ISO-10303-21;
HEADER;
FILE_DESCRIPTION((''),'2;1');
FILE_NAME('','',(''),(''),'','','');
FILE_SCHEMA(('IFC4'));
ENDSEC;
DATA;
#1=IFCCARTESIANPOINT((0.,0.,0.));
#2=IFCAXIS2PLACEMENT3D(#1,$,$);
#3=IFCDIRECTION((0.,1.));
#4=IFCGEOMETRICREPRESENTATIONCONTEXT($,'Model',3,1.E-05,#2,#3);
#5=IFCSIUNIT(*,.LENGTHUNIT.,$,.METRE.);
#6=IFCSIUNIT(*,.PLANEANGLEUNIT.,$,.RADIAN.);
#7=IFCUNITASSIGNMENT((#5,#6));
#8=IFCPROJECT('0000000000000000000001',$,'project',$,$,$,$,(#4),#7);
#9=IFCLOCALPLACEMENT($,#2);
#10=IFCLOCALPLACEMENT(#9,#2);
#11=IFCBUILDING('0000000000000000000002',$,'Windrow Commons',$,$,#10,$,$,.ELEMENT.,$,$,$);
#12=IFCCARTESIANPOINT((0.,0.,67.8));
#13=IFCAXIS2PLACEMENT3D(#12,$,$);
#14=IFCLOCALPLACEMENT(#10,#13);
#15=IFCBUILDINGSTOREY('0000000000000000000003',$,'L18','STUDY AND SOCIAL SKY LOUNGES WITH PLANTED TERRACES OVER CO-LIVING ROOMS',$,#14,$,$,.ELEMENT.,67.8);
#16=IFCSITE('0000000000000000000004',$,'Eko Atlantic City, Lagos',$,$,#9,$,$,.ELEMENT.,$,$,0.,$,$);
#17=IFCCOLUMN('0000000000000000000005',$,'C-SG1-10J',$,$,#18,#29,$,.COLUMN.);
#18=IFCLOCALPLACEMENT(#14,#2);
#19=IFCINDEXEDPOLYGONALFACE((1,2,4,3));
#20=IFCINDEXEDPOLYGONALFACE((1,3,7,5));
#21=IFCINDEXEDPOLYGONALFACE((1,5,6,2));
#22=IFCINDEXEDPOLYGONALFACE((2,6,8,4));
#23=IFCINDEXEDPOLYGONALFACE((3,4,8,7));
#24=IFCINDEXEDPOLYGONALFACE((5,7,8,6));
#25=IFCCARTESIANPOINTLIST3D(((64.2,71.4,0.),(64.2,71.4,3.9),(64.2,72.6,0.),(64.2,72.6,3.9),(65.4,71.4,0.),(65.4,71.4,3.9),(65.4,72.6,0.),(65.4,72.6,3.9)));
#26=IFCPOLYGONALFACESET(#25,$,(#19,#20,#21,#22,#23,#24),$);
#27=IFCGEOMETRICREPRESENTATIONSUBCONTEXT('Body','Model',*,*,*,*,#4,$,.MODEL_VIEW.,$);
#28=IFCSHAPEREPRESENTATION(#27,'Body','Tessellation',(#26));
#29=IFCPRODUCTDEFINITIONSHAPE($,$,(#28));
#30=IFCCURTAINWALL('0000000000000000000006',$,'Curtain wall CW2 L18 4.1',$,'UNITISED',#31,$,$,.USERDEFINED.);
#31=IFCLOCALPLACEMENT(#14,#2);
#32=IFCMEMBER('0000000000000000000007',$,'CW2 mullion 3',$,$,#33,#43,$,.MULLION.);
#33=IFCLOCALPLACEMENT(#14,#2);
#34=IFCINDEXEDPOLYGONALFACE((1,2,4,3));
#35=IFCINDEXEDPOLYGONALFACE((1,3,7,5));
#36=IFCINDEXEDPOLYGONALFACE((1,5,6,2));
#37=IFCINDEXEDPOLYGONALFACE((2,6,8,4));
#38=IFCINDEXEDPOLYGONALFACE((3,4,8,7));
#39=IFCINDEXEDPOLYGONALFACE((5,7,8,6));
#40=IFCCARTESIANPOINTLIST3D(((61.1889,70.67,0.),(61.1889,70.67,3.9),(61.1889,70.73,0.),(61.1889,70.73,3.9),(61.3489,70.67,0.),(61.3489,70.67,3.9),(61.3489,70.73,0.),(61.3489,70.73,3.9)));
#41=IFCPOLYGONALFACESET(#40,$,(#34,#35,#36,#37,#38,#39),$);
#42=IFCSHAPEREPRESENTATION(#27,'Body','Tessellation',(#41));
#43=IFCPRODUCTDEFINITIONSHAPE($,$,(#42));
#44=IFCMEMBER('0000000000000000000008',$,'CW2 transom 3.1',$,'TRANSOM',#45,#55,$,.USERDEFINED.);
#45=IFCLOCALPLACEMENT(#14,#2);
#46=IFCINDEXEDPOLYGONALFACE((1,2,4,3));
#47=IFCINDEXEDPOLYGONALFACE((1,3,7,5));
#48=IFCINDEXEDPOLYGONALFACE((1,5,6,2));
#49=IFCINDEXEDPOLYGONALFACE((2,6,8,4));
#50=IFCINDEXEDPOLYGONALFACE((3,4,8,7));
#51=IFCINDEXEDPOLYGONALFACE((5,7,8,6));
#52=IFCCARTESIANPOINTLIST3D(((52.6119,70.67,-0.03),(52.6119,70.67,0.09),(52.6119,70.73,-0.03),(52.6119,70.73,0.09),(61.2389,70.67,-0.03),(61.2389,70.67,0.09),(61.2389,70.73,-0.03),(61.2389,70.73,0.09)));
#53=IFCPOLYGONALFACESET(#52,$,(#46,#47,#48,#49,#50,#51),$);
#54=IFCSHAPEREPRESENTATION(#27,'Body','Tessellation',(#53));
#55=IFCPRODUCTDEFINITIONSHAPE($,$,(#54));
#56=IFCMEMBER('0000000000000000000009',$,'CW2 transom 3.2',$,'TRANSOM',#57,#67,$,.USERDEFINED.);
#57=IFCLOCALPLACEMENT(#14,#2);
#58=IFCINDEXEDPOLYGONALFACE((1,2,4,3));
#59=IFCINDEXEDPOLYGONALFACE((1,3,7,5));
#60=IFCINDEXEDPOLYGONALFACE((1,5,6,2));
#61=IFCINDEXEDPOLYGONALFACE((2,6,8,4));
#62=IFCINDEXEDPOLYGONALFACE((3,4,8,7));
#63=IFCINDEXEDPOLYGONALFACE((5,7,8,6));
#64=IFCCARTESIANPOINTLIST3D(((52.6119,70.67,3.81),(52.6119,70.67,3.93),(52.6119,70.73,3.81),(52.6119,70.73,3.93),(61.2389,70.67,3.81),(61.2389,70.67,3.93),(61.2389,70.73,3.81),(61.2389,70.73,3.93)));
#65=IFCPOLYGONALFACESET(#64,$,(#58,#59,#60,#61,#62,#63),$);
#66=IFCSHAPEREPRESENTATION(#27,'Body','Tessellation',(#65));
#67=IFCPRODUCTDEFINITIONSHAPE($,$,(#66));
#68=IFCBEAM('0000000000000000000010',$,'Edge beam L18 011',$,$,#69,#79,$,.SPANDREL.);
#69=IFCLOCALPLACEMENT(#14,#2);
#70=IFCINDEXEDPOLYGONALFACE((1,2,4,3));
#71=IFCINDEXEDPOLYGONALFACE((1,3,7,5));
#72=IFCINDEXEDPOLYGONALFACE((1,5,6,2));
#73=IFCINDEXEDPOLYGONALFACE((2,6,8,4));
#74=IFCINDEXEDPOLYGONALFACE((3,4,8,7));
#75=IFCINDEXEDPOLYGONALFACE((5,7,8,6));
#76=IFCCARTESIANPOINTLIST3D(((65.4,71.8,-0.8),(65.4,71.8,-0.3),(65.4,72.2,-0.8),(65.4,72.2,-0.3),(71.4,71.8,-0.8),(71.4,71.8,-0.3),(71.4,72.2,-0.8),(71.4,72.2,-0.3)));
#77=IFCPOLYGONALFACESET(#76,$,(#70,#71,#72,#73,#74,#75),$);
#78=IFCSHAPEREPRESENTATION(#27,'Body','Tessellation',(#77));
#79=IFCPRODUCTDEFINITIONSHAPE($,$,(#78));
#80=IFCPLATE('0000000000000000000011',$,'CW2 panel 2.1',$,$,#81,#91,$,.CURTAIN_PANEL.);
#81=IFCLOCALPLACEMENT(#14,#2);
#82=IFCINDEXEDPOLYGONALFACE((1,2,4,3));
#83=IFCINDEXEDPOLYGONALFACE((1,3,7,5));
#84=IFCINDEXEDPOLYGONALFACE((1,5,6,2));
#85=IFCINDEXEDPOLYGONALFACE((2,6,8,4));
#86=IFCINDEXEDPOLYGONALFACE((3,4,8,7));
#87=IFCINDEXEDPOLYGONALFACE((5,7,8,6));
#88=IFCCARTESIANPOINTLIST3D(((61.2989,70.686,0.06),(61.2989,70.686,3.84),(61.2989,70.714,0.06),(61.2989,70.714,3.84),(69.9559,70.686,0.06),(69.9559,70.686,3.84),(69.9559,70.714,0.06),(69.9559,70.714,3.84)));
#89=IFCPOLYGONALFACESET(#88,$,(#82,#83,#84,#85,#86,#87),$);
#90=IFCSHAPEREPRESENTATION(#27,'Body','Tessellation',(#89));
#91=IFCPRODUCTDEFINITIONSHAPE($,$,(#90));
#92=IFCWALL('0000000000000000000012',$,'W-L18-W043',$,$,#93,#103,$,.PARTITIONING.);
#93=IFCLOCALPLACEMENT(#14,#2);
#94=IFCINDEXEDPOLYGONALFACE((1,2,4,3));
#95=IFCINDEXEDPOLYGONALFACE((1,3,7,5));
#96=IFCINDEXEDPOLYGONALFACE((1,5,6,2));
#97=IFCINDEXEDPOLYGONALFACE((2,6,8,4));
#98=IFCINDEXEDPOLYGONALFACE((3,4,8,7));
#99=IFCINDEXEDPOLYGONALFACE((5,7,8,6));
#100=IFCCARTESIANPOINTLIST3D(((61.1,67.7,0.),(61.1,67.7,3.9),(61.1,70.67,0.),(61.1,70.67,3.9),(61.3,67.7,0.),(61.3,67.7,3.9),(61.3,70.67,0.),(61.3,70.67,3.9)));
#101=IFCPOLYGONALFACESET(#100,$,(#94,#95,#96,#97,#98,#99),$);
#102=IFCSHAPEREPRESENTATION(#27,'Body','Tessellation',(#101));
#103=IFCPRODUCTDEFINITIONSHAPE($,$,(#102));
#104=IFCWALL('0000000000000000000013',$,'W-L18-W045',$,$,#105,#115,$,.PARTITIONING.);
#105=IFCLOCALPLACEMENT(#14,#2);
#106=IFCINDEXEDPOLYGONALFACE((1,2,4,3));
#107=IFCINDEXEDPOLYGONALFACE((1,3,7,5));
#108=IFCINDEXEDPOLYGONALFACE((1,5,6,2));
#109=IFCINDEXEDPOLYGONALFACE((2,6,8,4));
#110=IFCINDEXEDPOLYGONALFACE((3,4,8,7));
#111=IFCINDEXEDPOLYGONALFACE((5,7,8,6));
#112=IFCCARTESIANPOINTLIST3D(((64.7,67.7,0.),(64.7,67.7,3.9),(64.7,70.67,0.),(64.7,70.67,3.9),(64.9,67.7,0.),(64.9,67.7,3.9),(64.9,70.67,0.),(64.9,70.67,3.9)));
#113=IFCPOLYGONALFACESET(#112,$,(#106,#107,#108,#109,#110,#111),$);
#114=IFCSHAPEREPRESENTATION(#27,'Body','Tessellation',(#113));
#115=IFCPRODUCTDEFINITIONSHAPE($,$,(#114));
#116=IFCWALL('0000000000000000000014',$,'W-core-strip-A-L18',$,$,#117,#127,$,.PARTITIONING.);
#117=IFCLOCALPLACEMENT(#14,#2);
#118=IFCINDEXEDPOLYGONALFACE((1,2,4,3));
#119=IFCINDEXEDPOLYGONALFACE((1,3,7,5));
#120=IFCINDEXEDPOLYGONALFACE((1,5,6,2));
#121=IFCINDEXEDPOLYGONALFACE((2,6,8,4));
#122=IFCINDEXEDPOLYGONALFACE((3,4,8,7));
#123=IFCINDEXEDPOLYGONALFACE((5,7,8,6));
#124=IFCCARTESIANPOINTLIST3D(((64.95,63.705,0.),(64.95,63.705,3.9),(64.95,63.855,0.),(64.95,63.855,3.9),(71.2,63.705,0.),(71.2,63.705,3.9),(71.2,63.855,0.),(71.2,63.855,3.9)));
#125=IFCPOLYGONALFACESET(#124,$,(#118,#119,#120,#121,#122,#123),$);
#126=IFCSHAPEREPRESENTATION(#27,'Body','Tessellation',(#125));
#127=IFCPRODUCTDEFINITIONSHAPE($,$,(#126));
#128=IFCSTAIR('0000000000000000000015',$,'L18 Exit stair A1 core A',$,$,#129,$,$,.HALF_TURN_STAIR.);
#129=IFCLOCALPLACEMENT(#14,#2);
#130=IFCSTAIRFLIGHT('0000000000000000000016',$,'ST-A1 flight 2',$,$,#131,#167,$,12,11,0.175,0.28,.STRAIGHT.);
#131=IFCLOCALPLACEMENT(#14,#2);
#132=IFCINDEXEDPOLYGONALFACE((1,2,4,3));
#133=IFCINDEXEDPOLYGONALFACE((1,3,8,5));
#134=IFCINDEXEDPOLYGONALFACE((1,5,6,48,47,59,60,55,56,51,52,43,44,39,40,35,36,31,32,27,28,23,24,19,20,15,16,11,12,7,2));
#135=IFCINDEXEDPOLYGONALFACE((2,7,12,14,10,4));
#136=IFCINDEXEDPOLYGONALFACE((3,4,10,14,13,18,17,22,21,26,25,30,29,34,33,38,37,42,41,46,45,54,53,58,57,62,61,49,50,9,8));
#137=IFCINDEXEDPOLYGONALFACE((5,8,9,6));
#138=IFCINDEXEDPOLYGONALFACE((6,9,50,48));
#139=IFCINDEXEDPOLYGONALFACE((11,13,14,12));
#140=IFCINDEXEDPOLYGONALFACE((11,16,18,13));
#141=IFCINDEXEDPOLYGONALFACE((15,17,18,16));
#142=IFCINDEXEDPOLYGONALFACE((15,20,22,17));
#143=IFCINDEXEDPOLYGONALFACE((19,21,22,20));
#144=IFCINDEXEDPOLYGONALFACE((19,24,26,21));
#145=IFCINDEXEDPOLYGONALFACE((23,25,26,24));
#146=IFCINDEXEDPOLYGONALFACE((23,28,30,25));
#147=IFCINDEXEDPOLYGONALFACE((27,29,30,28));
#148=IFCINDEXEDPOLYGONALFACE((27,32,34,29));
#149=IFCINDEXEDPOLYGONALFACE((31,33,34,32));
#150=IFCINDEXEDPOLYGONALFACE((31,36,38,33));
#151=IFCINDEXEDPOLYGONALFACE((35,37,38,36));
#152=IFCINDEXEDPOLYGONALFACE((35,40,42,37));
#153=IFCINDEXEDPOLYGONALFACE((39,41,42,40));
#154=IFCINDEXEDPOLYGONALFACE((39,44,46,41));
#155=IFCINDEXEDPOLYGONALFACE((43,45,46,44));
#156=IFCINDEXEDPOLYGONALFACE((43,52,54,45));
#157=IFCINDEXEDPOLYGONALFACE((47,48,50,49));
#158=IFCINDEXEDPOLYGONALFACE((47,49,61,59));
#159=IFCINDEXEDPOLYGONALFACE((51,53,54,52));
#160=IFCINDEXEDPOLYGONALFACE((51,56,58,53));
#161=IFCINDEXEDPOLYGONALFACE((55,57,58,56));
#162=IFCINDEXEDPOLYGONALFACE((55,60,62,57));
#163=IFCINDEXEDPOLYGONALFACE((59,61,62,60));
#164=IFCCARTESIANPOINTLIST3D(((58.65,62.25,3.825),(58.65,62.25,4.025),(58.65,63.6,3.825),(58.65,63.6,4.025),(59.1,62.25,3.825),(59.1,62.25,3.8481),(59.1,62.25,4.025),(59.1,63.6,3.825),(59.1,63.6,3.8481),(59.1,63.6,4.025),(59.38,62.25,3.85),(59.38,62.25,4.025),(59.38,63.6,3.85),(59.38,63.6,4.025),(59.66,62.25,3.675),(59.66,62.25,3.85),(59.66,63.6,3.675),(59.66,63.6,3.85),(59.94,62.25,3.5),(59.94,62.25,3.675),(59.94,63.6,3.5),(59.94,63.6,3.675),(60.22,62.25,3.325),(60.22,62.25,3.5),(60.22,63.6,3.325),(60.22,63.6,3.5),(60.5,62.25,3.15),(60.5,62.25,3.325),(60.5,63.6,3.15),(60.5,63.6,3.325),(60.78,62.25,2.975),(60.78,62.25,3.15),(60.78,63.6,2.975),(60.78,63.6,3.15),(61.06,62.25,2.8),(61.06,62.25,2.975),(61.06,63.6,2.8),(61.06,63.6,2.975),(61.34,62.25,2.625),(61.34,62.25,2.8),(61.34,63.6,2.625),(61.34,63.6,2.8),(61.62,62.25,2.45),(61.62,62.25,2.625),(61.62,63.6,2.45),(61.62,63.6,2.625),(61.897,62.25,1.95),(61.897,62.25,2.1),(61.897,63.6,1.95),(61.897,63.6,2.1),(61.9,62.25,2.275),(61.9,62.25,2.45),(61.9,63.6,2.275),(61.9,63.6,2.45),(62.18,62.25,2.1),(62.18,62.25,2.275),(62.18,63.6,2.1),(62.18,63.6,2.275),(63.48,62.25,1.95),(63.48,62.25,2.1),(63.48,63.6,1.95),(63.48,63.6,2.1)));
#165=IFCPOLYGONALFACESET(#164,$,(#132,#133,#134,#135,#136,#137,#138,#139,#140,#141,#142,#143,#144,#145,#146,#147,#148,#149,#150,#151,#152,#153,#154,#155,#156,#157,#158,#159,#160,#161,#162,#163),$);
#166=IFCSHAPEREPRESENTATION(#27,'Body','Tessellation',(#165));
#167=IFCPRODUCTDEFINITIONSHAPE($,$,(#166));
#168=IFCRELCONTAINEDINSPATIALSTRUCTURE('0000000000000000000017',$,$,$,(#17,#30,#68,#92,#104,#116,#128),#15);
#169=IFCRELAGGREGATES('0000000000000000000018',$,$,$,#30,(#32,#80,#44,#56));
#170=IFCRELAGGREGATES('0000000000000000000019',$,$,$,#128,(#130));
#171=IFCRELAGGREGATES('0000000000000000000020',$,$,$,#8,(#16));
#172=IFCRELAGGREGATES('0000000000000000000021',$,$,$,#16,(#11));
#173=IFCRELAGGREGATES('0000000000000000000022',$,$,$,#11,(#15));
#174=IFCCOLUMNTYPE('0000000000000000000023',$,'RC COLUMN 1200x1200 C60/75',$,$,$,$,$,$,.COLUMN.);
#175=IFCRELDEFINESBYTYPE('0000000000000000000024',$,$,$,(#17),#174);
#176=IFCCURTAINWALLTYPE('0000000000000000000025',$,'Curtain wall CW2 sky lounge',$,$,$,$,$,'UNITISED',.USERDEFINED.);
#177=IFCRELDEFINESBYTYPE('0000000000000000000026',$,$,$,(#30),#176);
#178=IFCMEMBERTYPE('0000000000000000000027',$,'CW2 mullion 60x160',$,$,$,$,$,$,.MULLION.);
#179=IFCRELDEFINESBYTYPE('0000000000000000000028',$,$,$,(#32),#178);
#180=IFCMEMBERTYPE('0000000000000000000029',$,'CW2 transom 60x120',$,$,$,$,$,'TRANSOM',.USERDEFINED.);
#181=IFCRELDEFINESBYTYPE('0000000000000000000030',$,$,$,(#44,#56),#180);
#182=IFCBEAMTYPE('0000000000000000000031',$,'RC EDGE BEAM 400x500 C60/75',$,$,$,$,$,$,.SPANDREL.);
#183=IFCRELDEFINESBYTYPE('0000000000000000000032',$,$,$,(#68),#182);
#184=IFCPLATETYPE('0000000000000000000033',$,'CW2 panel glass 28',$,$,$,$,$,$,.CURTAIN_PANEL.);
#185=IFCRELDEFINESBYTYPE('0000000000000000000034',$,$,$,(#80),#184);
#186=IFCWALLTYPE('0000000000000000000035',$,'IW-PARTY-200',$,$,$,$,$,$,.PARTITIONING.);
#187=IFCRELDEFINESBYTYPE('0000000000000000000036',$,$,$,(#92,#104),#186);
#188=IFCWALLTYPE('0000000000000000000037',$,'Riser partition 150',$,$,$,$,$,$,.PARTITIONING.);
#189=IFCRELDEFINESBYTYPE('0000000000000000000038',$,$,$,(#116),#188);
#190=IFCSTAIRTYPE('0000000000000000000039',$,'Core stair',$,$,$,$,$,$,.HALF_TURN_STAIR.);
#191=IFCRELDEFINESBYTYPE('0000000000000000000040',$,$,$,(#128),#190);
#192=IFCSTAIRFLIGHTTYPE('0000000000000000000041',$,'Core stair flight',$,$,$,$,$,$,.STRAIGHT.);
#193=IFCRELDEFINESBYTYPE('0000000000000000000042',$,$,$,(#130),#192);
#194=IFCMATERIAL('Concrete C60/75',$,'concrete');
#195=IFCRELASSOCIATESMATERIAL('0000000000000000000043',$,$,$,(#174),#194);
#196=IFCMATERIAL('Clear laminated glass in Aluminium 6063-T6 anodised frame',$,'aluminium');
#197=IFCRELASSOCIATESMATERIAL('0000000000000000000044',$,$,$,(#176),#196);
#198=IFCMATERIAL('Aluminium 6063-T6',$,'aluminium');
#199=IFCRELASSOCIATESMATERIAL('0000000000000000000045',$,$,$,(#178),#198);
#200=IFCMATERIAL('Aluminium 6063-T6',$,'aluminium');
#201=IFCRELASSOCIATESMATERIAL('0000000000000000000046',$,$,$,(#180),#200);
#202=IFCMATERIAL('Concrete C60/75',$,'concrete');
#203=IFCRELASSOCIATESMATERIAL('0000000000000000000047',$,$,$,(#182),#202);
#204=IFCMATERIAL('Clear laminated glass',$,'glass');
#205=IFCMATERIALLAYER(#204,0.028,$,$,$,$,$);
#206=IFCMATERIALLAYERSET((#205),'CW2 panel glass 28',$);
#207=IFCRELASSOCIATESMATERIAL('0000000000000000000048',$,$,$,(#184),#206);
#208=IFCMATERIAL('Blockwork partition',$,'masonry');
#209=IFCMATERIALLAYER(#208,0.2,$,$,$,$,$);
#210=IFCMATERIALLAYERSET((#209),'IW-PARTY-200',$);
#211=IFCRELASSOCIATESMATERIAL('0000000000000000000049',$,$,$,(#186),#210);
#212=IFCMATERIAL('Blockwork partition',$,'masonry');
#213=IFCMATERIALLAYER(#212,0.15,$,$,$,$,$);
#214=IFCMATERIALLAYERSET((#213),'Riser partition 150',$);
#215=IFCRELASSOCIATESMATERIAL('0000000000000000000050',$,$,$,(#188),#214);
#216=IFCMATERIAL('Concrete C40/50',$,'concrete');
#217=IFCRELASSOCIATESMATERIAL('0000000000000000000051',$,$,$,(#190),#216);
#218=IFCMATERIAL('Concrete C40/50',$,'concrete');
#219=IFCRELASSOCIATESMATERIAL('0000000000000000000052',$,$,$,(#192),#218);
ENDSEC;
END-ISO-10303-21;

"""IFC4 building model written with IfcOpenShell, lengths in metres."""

from ifc_helpers import new_model, si_unit, direction, frame, frame_2d, origin, origin_2d, place, context, subcontext, project, spatial, polyline, rectangle, outline, extrude, material, layer, layer_set, material_profile, profile_set, type_object, element, aggregate, save


model = new_model("IFC4")

# Units and contexts
model_context = context("Model", 3, precision=1e-05, world=origin(), true_north=direction((0.0, 1.0)))
body_context = subcontext(model_context, "Body", "Model", "MODEL_VIEW")
ifc_project = project(units=[si_unit("LENGTHUNIT", "METRE"), si_unit("PLANEANGLEUNIT", "RADIAN")], contexts=[model_context])

# Site, building, storey
site_placement = place(None, origin())
site = spatial("IfcSite", under=ifc_project, at=site_placement, Name="Eko Atlantic City, Lagos", CompositionType="ELEMENT", RefElevation=0.0)
building_placement = place(site_placement, origin())
building = spatial("IfcBuilding", under=site, at=building_placement, Name="Windrow Commons", CompositionType="ELEMENT")
storey_placement = place(building_placement, frame((0.0, 0.0, 67.8)))
storey = spatial("IfcBuildingStorey", under=building, at=storey_placement, Name="L18", Description="STUDY AND SOCIAL SKY LOUNGES WITH PLANTED TERRACES OVER CO-LIVING ROOMS", CompositionType="ELEMENT", Elevation=67.8)

# Column
ifc_material_1 = material(Name="Concrete C60/75", Category="concrete")
ifc_material_profile_1 = material_profile(ifc_material_1, rectangle(XDim=1.2, YDim=1.2, at=origin_2d()))
ifc_profile_set_1 = profile_set([ifc_material_profile_1], Name="Concrete C60/75")
column_type = type_object("IfcColumnType", Name="RC COLUMN 1200x1200 C60/75", PredefinedType="COLUMN", material=ifc_profile_set_1)
column_placement = place(storey_placement, frame((64.8, 72.0, 0.0), z_axis=(0.0, 0.0, 1.0), x_axis=(1.0, 0.0, 0.0)))
element("IfcColumn", 1, at=column_placement, inside=storey, type_object=column_type, Name="C-SG1-10J", PredefinedType="COLUMN", context=body_context, shape_type="SweptSolid", body=[
    extrude(rectangle(XDim=1.2, YDim=1.2, at=origin_2d()), origin(), (0.0, 0.0, 1.0), 3.9),
])

# Curtain wall, members
ifc_material_2 = material(Name="Clear laminated glass in Aluminium 6063-T6 anodised frame", Category="aluminium")
curtain_wall_type = type_object("IfcCurtainWallType", Name="Curtain wall CW2 sky lounge", ElementType="UNITISED", PredefinedType="USERDEFINED", material=ifc_material_2)
placement = place(storey_placement, origin())
curtain_wall = element("IfcCurtainWall", 2, at=placement, inside=storey, type_object=curtain_wall_type, Name="Curtain wall CW2 L18 4.1", ObjectType="UNITISED", PredefinedType="USERDEFINED")
ifc_material_3 = material(Name="Aluminium 6063-T6", Category="aluminium")
ifc_material_profile_2 = material_profile(ifc_material_3, rectangle(XDim=0.06, YDim=0.16, at=origin_2d()))
ifc_profile_set_2 = profile_set([ifc_material_profile_2], Name="Aluminium 6063-T6")
member_type_1 = type_object("IfcMemberType", Name="CW2 mullion 60x160", PredefinedType="MULLION", material=ifc_profile_set_2)
member_1_placement = place(storey_placement, frame((61.2689, 70.7, 0.0), z_axis=(0.0, 0.0, 1.0), x_axis=(0.0, -1.0, 0.0)))
member_1 = element("IfcMember", 3, at=member_1_placement, type_object=member_type_1, Name="CW2 mullion 3", PredefinedType="MULLION", context=body_context, shape_type="SweptSolid", body=[
    extrude(rectangle(XDim=0.06, YDim=0.16, at=origin_2d()), origin(), (0.0, 0.0, 1.0), 3.9),
])
ifc_material_4 = material(Name="Aluminium 6063-T6", Category="aluminium")
ifc_material_profile_3 = material_profile(ifc_material_4, rectangle(XDim=0.06, YDim=0.12, at=origin_2d()))
ifc_profile_set_3 = profile_set([ifc_material_profile_3], Name="Aluminium 6063-T6")
member_type_2 = type_object("IfcMemberType", Name="CW2 transom 60x120", ElementType="TRANSOM", PredefinedType="USERDEFINED", material=ifc_profile_set_3)
member_2_placement = place(storey_placement, frame((61.2389, 70.7, 0.03), z_axis=(-1.0, 0.0, 0.0), x_axis=(0.0, -1.0, 0.0)))
member_2 = element("IfcMember", 4, at=member_2_placement, type_object=member_type_2, Name="CW2 transom 3.1", ObjectType="TRANSOM", PredefinedType="USERDEFINED", context=body_context, shape_type="SweptSolid", body=[
    extrude(rectangle(XDim=0.06, YDim=0.12, at=origin_2d()), origin(), (0.0, 0.0, 1.0), 8.627),
])
member_3_placement = place(storey_placement, frame((61.2389, 70.7, 3.87), z_axis=(-1.0, 0.0, 0.0), x_axis=(0.0, -1.0, 0.0)))
member_3 = element("IfcMember", 5, at=member_3_placement, type_object=member_type_2, Name="CW2 transom 3.2", ObjectType="TRANSOM", PredefinedType="USERDEFINED", context=body_context, shape_type="SweptSolid", body=[
    extrude(rectangle(XDim=0.06, YDim=0.12, at=origin_2d()), origin(), (0.0, 0.0, 1.0), 8.627),
])

# Beam
ifc_material_5 = material(Name="Concrete C60/75", Category="concrete")
ifc_material_profile_4 = material_profile(ifc_material_5, rectangle(XDim=0.4, YDim=0.5, at=origin_2d()))
ifc_profile_set_4 = profile_set([ifc_material_profile_4], Name="Concrete C60/75")
beam_type = type_object("IfcBeamType", Name="RC EDGE BEAM 400x500 C60/75", PredefinedType="SPANDREL", material=ifc_profile_set_4)
beam_placement = place(storey_placement, frame((65.4, 72.0, -0.55), z_axis=(1.0, 0.0, 0.0), x_axis=(0.0, 1.0, 0.0)))
element("IfcBeam", 6, at=beam_placement, inside=storey, type_object=beam_type, Name="Edge beam L18 011", PredefinedType="SPANDREL", context=body_context, shape_type="SweptSolid", body=[
    extrude(rectangle(XDim=0.4, YDim=0.5, at=origin_2d()), origin(), (0.0, 0.0, 1.0), 6.0),
])

# Plate
ifc_material_6 = material(Name="Clear laminated glass", Category="glass")
ifc_layer_1 = layer(ifc_material_6, 0.028)
ifc_layer_set_1 = layer_set([ifc_layer_1], Name="CW2 panel glass 28")
plate_type = type_object("IfcPlateType", Name="CW2 panel glass 28", PredefinedType="CURTAIN_PANEL", material=ifc_layer_set_1)
plate_placement = place(storey_placement, frame((65.6274, 70.7, 0.06), z_axis=(0.0, 0.0, 1.0), x_axis=(-1.0, 0.0, 0.0)))
plate = element("IfcPlate", 7, at=plate_placement, type_object=plate_type, Name="CW2 panel 2.1", PredefinedType="CURTAIN_PANEL", context=body_context, shape_type="SweptSolid", body=[
    extrude(rectangle(XDim=8.657, YDim=0.028, at=origin_2d()), origin(), (0.0, 0.0, 1.0), 3.78),
])
aggregate(curtain_wall, [member_1, plate, member_2, member_3])

# Walls
ifc_material_7 = material(Name="Blockwork partition", Category="masonry")
ifc_layer_2 = layer(ifc_material_7, 0.2)
ifc_layer_set_2 = layer_set([ifc_layer_2], Name="IW-PARTY-200")
wall_type_1 = type_object("IfcWallType", Name="IW-PARTY-200", PredefinedType="PARTITIONING", material=ifc_layer_set_2)
for number, where, z_axis, x_axis, name in (
    (8, (61.2, 67.7, 0.0), (0.0, 0.0, 1.0), (0.0, 1.0, 0.0), "W-L18-W043"),
    (9, (64.8, 67.7, 0.0), (0.0, 0.0, 1.0), (0.0, 1.0, 0.0), "W-L18-W045"),
):
    element("IfcWall", number, at=place(storey_placement, frame(where, z_axis=z_axis, x_axis=x_axis)), inside=storey, type_object=wall_type_1, Name=name, PredefinedType="PARTITIONING", context=body_context, shape_type="SweptSolid", body=[
        extrude(rectangle(XDim=2.97, YDim=0.2, at=frame_2d((1.485, 0.0))), origin(), (0.0, 0.0, 1.0), 3.9),
    ])
ifc_material_8 = material(Name="Blockwork partition", Category="masonry")
ifc_layer_3 = layer(ifc_material_8, 0.15)
ifc_layer_set_3 = layer_set([ifc_layer_3], Name="Riser partition 150")
wall_type_2 = type_object("IfcWallType", Name="Riser partition 150", PredefinedType="PARTITIONING", material=ifc_layer_set_3)
wall_placement = place(storey_placement, frame((64.95, 63.78, 0.0), z_axis=(0.0, 0.0, 1.0), x_axis=(1.0, 0.0, 0.0)))
element("IfcWall", 10, at=wall_placement, inside=storey, type_object=wall_type_2, Name="W-core-strip-A-L18", PredefinedType="PARTITIONING", context=body_context, shape_type="SweptSolid", body=[
    extrude(rectangle(XDim=6.25, YDim=0.15, at=frame_2d((3.125, 0.0))), origin(), (0.0, 0.0, 1.0), 3.9),
])

# Stair, stair flight
ifc_material_9 = material(Name="Concrete C40/50", Category="concrete")
stair_type = type_object("IfcStairType", Name="Core stair", PredefinedType="HALF_TURN_STAIR", material=ifc_material_9)
stair = element("IfcStair", 11, at=placement, inside=storey, type_object=stair_type, Name="L18 Exit stair A1 core A", PredefinedType="HALF_TURN_STAIR")
ifc_material_10 = material(Name="Concrete C40/50", Category="concrete")
stair_flight_type = type_object("IfcStairFlightType", Name="Core stair flight", PredefinedType="STRAIGHT", material=ifc_material_10)
stair_flight_placement = place(storey_placement, frame((62.18, 62.925, 2.1), z_axis=(0.0, 0.0, 1.0), x_axis=(-1.0, 0.0, 0.0)))
stair_flight = element("IfcStairFlight", 12, at=stair_flight_placement, type_object=stair_flight_type, Name="ST-A1 flight 2", NumberOfRisers=12, NumberOfTreads=11, PredefinedType="STRAIGHT", RiserHeight=0.175, TreadLength=0.28, context=body_context, shape_type="SweptSolid", body=[
    extrude(outline(polyline([(-1.3, -0.15), (-1.3, 0.0), (0.0, 0.0), (0.0, 0.175), (0.28, 0.175), (0.28, 0.35), (0.56, 0.35), (0.56, 0.525), (0.84, 0.525), (0.84, 0.7), (1.12, 0.7), (1.12, 0.875), (1.4, 0.875), (1.4, 1.05), (1.68, 1.05), (1.68, 1.225), (1.96, 1.225), (1.96, 1.4), (2.24, 1.4), (2.24, 1.575), (2.52, 1.575), (2.52, 1.75), (2.8, 1.75), (2.8, 1.925), (3.08, 1.925), (3.53, 1.925), (3.53, 1.725), (3.08, 1.725), (3.08, 1.7481), (0.283, 0.0), (0.283, -0.15), (-1.3, -0.15)])), frame((0.0, 0.675, 0.0), z_axis=(0.0, -1.0, 0.0), x_axis=(1.0, 0.0, 0.0)), (0.0, 0.0, 1.0), 1.35),
])
aggregate(stair, [stair_flight])

save(model, "model.ifc")
